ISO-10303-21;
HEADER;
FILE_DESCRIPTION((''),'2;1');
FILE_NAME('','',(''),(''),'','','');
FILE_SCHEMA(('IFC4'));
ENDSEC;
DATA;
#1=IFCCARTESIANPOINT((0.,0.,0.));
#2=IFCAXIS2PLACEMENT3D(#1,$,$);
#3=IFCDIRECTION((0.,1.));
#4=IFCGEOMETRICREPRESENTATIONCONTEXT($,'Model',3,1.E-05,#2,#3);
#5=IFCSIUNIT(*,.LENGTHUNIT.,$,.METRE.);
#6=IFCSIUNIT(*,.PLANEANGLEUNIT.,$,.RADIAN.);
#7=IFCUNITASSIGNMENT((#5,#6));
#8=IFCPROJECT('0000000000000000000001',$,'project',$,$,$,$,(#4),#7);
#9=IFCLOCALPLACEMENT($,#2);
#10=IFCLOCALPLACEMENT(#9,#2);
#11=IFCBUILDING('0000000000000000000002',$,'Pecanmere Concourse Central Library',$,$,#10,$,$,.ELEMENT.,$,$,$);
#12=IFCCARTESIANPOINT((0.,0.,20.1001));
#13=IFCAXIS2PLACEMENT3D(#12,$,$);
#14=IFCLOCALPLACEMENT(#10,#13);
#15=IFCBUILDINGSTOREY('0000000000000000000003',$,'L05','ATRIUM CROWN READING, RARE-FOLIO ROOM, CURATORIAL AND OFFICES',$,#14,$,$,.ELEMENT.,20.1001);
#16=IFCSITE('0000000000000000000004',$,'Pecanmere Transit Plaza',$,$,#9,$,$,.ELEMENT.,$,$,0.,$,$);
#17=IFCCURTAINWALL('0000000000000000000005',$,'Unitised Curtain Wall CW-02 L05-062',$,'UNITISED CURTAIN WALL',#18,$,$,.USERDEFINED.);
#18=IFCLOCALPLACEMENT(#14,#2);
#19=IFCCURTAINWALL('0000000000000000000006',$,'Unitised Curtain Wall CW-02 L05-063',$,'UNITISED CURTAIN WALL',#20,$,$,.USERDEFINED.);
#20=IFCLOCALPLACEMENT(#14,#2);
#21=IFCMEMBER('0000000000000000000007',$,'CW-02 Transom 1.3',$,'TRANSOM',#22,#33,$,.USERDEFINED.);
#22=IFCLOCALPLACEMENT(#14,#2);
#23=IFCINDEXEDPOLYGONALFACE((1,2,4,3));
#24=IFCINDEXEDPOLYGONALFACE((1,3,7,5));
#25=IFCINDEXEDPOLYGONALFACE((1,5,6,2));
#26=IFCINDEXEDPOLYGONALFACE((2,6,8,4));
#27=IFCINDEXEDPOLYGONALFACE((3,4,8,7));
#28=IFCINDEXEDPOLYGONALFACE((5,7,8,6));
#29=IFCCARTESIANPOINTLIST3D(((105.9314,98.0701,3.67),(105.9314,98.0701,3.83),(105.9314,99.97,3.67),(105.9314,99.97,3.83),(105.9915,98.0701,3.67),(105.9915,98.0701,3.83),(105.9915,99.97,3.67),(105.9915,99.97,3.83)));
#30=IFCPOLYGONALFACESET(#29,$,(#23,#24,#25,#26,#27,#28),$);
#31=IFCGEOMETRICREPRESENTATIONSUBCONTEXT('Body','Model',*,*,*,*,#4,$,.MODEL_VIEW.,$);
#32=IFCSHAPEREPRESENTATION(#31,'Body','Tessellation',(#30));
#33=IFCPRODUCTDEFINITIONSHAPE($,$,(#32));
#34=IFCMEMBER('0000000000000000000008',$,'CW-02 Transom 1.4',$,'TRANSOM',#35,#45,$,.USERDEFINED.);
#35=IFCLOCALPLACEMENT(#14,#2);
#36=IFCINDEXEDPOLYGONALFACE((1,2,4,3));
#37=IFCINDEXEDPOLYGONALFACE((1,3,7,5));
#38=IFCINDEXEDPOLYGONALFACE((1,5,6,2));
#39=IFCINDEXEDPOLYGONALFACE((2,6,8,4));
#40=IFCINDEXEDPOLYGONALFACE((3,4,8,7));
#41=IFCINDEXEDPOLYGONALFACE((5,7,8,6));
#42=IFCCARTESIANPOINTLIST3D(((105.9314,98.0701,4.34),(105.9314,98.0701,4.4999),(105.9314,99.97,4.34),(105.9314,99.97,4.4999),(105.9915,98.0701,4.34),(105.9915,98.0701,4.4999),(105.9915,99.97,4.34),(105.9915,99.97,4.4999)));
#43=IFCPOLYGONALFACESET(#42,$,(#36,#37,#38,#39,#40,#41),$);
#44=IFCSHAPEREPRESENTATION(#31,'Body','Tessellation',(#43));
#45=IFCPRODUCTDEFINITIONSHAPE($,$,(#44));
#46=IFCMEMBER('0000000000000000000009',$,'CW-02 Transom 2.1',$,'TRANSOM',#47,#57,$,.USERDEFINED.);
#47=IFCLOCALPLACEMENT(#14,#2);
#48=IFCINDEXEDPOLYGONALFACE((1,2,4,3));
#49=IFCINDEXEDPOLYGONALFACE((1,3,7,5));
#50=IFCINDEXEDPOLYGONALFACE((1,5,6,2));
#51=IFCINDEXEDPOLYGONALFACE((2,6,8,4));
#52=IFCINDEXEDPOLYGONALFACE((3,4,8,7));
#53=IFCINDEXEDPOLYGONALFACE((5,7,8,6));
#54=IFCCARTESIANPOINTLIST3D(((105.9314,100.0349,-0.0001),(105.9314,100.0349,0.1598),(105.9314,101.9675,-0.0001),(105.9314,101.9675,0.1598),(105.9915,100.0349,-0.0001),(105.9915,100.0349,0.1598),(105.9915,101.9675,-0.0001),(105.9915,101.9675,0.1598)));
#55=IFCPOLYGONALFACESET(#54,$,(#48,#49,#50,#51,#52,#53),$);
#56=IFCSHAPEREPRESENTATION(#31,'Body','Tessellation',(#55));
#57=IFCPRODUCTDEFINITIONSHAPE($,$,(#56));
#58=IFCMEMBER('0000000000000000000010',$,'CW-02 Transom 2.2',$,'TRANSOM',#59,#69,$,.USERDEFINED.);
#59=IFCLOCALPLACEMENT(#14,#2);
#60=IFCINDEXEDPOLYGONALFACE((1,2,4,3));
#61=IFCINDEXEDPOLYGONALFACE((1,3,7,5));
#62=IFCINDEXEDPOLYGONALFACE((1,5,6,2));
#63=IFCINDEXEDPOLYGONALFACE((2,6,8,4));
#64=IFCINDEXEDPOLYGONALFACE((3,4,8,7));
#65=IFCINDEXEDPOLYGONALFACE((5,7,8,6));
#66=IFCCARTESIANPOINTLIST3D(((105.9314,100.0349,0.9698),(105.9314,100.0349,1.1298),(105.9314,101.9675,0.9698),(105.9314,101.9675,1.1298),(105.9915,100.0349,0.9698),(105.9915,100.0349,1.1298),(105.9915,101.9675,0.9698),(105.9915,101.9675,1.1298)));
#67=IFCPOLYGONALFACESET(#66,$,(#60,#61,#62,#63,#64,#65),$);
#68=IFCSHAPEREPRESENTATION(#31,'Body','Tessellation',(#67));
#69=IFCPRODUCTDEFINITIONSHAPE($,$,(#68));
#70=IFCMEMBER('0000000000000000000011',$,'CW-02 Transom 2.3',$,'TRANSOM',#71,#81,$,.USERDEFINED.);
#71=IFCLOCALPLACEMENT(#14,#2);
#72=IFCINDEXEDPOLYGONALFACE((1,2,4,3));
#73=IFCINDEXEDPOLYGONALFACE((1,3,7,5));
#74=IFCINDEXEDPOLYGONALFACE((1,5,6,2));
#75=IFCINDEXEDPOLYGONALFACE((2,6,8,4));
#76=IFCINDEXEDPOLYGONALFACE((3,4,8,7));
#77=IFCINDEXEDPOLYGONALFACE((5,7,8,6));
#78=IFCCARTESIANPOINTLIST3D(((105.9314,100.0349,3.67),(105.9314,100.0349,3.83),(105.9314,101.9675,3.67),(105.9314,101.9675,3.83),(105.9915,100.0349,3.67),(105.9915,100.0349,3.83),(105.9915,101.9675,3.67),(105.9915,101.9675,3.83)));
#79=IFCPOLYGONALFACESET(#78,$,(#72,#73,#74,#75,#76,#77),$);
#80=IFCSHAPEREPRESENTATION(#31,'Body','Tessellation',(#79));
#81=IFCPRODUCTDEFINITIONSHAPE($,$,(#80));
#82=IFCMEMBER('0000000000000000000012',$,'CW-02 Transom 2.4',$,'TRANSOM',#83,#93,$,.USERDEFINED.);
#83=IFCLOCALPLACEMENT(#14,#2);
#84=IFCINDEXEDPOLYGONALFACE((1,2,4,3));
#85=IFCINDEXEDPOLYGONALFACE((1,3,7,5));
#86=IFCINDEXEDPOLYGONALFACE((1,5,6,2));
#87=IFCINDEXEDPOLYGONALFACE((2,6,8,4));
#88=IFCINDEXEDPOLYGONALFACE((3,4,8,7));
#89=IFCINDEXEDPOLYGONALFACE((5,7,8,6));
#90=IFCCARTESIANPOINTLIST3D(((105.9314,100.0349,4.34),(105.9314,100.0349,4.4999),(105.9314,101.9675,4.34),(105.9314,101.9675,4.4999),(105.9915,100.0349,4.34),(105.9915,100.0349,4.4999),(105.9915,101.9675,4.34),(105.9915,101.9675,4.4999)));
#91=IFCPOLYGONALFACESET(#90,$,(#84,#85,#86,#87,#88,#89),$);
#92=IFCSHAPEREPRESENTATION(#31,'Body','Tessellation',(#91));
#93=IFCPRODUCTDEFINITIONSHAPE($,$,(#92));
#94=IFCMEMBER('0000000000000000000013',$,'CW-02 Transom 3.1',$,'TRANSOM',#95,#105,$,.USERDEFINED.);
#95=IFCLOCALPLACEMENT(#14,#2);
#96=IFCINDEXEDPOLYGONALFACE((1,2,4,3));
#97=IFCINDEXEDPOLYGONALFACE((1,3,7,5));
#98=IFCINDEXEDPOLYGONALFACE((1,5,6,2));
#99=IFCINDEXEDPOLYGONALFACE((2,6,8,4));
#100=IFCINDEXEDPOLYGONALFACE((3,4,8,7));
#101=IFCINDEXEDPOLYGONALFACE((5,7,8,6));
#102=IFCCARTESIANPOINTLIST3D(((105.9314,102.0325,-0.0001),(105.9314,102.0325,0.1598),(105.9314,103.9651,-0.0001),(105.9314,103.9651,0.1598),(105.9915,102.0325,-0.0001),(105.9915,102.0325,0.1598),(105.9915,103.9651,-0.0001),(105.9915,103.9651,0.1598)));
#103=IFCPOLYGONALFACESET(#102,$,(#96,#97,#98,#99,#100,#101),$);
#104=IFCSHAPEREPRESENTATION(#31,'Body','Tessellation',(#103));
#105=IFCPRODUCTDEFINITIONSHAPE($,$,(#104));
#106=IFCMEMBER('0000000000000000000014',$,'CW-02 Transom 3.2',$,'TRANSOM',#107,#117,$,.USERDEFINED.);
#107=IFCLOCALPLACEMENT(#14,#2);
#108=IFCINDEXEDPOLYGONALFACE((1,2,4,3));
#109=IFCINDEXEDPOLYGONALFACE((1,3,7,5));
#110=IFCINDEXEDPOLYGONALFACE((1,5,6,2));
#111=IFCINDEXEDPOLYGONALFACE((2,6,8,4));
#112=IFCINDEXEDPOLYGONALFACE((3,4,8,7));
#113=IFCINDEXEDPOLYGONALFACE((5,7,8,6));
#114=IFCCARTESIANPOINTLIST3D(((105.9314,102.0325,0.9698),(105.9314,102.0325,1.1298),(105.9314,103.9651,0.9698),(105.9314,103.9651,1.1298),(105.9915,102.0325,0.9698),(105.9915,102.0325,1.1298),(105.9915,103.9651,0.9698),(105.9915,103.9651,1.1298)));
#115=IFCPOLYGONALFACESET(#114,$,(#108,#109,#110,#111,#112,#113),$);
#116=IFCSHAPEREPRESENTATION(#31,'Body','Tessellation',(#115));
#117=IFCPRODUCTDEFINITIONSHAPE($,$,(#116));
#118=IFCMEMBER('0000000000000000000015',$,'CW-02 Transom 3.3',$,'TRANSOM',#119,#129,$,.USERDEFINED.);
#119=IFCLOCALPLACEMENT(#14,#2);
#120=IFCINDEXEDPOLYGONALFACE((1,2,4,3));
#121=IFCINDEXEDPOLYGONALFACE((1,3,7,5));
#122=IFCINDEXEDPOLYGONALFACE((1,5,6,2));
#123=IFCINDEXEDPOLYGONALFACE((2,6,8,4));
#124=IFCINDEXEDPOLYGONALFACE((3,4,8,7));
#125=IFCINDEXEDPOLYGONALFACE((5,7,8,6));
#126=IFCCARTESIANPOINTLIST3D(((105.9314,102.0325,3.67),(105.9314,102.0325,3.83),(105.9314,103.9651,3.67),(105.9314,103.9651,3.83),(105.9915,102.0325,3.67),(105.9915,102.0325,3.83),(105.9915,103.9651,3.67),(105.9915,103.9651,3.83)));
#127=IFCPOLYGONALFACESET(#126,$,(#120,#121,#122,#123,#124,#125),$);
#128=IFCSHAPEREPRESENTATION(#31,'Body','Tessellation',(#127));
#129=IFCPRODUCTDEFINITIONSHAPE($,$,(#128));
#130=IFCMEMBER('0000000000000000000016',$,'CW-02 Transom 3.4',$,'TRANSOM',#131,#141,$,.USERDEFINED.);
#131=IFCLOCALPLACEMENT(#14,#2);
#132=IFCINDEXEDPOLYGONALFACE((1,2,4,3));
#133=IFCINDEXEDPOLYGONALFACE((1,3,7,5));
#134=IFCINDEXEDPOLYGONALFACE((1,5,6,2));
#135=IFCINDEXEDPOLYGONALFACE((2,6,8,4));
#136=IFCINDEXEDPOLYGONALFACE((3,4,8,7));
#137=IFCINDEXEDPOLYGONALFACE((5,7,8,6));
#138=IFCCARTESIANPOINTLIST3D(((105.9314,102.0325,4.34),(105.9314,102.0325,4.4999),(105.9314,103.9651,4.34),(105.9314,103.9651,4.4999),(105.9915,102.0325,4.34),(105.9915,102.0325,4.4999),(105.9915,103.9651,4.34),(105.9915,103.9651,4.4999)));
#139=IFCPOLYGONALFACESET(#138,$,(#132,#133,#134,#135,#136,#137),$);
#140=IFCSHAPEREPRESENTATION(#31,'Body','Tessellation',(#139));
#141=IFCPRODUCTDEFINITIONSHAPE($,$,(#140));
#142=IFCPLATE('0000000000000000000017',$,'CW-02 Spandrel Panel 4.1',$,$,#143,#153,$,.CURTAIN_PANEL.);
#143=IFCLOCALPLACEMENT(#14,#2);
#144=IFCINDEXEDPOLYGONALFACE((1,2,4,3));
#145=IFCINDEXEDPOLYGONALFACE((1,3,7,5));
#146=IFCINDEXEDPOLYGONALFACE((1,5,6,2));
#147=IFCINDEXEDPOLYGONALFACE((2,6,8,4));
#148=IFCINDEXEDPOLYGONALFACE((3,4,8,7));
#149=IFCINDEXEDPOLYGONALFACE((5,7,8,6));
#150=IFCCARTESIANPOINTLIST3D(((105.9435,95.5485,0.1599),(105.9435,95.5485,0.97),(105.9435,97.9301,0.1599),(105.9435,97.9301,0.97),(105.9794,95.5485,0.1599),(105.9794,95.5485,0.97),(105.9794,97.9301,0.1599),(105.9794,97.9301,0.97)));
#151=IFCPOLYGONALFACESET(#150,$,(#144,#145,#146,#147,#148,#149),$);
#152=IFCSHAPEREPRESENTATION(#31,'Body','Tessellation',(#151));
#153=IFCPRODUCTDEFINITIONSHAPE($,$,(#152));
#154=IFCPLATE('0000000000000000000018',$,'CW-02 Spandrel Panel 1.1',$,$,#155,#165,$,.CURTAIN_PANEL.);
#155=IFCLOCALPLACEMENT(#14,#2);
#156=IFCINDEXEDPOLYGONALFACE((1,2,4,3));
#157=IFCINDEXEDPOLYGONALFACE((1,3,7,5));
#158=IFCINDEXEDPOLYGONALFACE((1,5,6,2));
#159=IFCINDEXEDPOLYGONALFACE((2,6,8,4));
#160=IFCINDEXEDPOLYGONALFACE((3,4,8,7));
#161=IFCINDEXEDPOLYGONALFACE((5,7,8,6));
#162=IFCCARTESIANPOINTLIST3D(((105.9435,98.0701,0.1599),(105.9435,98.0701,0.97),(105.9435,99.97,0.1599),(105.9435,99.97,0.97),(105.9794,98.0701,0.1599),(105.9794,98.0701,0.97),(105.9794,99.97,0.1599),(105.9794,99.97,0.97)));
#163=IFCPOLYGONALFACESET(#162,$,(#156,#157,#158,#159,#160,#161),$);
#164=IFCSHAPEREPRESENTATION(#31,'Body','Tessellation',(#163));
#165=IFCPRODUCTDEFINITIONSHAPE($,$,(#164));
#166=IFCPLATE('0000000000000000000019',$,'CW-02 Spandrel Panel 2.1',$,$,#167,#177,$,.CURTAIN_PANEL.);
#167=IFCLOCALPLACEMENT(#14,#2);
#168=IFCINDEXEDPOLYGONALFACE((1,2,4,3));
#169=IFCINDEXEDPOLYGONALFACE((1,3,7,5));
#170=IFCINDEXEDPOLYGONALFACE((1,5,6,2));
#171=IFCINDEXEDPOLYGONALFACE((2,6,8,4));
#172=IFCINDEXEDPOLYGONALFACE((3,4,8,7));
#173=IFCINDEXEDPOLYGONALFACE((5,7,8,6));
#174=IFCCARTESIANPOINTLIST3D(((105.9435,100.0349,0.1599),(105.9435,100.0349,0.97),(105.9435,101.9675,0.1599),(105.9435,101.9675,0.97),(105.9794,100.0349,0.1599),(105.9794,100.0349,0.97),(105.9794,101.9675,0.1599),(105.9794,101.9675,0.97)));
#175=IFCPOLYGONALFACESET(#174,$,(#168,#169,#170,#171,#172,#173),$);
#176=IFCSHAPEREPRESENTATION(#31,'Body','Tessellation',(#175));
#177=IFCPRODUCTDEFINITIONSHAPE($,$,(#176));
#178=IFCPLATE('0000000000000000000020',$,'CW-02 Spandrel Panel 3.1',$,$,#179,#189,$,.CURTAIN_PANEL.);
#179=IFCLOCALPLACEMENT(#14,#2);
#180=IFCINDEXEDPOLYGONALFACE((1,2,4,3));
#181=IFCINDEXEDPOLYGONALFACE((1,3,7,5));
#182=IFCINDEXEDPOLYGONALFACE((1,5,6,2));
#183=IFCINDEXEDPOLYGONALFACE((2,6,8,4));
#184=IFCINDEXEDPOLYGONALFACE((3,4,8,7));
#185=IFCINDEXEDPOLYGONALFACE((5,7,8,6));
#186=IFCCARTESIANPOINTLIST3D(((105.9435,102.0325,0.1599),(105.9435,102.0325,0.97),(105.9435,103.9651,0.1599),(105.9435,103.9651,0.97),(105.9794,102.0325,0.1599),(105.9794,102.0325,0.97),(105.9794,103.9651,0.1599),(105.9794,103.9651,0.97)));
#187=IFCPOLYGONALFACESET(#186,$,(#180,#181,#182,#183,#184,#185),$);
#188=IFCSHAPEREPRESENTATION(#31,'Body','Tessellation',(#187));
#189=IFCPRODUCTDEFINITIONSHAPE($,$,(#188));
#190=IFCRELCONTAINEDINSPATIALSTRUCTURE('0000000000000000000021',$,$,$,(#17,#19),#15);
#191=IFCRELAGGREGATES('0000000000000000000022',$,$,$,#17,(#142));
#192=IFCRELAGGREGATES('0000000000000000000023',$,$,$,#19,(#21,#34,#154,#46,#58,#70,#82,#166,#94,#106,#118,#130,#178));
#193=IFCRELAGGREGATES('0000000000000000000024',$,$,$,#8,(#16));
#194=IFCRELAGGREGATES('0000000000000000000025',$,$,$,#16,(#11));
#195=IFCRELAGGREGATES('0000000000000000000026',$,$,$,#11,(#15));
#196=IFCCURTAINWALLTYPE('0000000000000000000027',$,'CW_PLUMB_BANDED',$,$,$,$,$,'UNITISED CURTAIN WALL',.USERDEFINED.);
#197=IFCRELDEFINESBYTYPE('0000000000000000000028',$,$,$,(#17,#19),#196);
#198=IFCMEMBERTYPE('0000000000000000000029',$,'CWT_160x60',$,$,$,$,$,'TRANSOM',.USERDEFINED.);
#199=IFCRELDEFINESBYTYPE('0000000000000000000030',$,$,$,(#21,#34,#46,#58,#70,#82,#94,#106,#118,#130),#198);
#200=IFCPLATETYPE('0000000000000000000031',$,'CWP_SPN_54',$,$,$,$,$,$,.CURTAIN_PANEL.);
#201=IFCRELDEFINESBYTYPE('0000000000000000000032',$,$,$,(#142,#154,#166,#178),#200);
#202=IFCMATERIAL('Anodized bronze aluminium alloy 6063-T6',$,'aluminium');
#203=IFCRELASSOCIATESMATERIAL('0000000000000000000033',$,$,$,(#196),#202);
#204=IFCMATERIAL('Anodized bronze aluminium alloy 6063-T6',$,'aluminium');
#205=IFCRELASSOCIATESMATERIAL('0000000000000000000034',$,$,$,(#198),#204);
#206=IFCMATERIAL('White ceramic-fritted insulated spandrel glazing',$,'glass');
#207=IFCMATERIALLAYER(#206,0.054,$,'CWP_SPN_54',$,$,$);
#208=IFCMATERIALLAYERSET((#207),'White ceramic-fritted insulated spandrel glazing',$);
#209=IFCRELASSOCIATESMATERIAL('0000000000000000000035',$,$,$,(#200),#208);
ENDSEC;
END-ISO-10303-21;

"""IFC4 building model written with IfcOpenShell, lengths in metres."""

from ifc_helpers import new_model, si_unit, direction, frame, origin, origin_2d, place, context, subcontext, project, spatial, rectangle, extrude, material, layer, layer_set, material_profile, profile_set, type_object, element, aggregate, save


model = new_model("IFC4")

# Units and contexts
model_context = context("Model", 3, precision=1e-05, world=origin(), true_north=direction((0.0, 1.0)))
body_context = subcontext(model_context, "Body", "Model", "MODEL_VIEW")
ifc_project = project(units=[si_unit("LENGTHUNIT", "METRE"), si_unit("PLANEANGLEUNIT", "RADIAN")], contexts=[model_context])

# Site, building, storey
site_placement = place(None, origin())
site = spatial("IfcSite", under=ifc_project, at=site_placement, Name="Pecanmere Transit Plaza", CompositionType="ELEMENT", RefElevation=0.0)
building_placement = place(site_placement, origin())
building = spatial("IfcBuilding", under=site, at=building_placement, Name="Pecanmere Concourse Central Library", CompositionType="ELEMENT")
storey_placement = place(building_placement, frame((0.0, 0.0, 20.1001)))
storey = spatial("IfcBuildingStorey", under=building, at=storey_placement, Name="L05", Description="ATRIUM CROWN READING, RARE-FOLIO ROOM, CURATORIAL AND OFFICES", CompositionType="ELEMENT", Elevation=20.1001)

# Curtain walls
ifc_material_1 = material(Name="Anodized bronze aluminium alloy 6063-T6", Category="aluminium")
curtain_wall_type = type_object("IfcCurtainWallType", Name="CW_PLUMB_BANDED", ElementType="UNITISED CURTAIN WALL", PredefinedType="USERDEFINED", material=ifc_material_1)
curtain_wall_1_placement = place(storey_placement, origin())
curtain_wall_1 = element("IfcCurtainWall", 1, at=curtain_wall_1_placement, inside=storey, type_object=curtain_wall_type, Name="Unitised Curtain Wall CW-02 L05-062", ObjectType="UNITISED CURTAIN WALL", PredefinedType="USERDEFINED")
curtain_wall_2_placement = place(storey_placement, origin())
curtain_wall_2 = element("IfcCurtainWall", 2, at=curtain_wall_2_placement, inside=storey, type_object=curtain_wall_type, Name="Unitised Curtain Wall CW-02 L05-063", ObjectType="UNITISED CURTAIN WALL", PredefinedType="USERDEFINED")

# Members
ifc_material_2 = material(Name="Anodized bronze aluminium alloy 6063-T6", Category="aluminium")
ifc_material_profile_1 = material_profile(ifc_material_2, rectangle(XDim=0.0601, YDim=0.1599, at=origin_2d()), Name="AL 60x160")
ifc_profile_set_1 = profile_set([ifc_material_profile_1], Name="Anodized bronze aluminium alloy 6063-T6")
member_type_1 = type_object("IfcMemberType", Name="CWT_160x60", ElementType="TRANSOM", PredefinedType="USERDEFINED", material=ifc_profile_set_1)
member_1_placement = place(storey_placement, frame((105.9614, 98.0701, 3.75), z_axis=(0.0, 1.0, 0.0), x_axis=(-1.0, 0.0, 0.0)))
member_1 = element("IfcMember", 3, at=member_1_placement, type_object=member_type_1, Name="CW-02 Transom 1.3", ObjectType="TRANSOM", PredefinedType="USERDEFINED", context=body_context, shape_type="SweptSolid", body=[
    extrude(rectangle(XDim=0.0601, YDim=0.1599, at=origin_2d()), origin(), (0.0, 0.0, 1.0), 1.8999),
])
member_2_placement = place(storey_placement, frame((105.9614, 98.0701, 4.4199), z_axis=(0.0, 1.0, 0.0), x_axis=(-1.0, 0.0, 0.0)))
member_2 = element("IfcMember", 4, at=member_2_placement, type_object=member_type_1, Name="CW-02 Transom 1.4", ObjectType="TRANSOM", PredefinedType="USERDEFINED", context=body_context, shape_type="SweptSolid", body=[
    extrude(rectangle(XDim=0.0601, YDim=0.1599, at=origin_2d()), origin(), (0.0, 0.0, 1.0), 1.8999),
])
member_3_placement = place(storey_placement, frame((105.9614, 100.0349, 0.0798), z_axis=(0.0, 1.0, 0.0), x_axis=(-1.0, 0.0, 0.0)))
member_3 = element("IfcMember", 5, at=member_3_placement, type_object=member_type_1, Name="CW-02 Transom 2.1", ObjectType="TRANSOM", PredefinedType="USERDEFINED", context=body_context, shape_type="SweptSolid", body=[
    extrude(rectangle(XDim=0.0601, YDim=0.1599, at=origin_2d()), origin(), (0.0, 0.0, 1.0), 1.9326),
])
member_4_placement = place(storey_placement, frame((105.9614, 100.0349, 1.0498), z_axis=(0.0, 1.0, 0.0), x_axis=(-1.0, 0.0, 0.0)))
member_4 = element("IfcMember", 6, at=member_4_placement, type_object=member_type_1, Name="CW-02 Transom 2.2", ObjectType="TRANSOM", PredefinedType="USERDEFINED", context=body_context, shape_type="SweptSolid", body=[
    extrude(rectangle(XDim=0.0601, YDim=0.1599, at=origin_2d()), origin(), (0.0, 0.0, 1.0), 1.9326),
])
member_5_placement = place(storey_placement, frame((105.9614, 100.0349, 3.75), z_axis=(0.0, 1.0, 0.0), x_axis=(-1.0, 0.0, 0.0)))
member_5 = element("IfcMember", 7, at=member_5_placement, type_object=member_type_1, Name="CW-02 Transom 2.3", ObjectType="TRANSOM", PredefinedType="USERDEFINED", context=body_context, shape_type="SweptSolid", body=[
    extrude(rectangle(XDim=0.0601, YDim=0.1599, at=origin_2d()), origin(), (0.0, 0.0, 1.0), 1.9326),
])
member_6_placement = place(storey_placement, frame((105.9614, 100.0349, 4.4199), z_axis=(0.0, 1.0, 0.0), x_axis=(-1.0, 0.0, 0.0)))
member_6 = element("IfcMember", 8, at=member_6_placement, type_object=member_type_1, Name="CW-02 Transom 2.4", ObjectType="TRANSOM", PredefinedType="USERDEFINED", context=body_context, shape_type="SweptSolid", body=[
    extrude(rectangle(XDim=0.0601, YDim=0.1599, at=origin_2d()), origin(), (0.0, 0.0, 1.0), 1.9326),
])
member_7_placement = place(storey_placement, frame((105.9614, 102.0325, 0.0798), z_axis=(0.0, 1.0, 0.0), x_axis=(-1.0, 0.0, 0.0)))
member_7 = element("IfcMember", 9, at=member_7_placement, type_object=member_type_1, Name="CW-02 Transom 3.1", ObjectType="TRANSOM", PredefinedType="USERDEFINED", context=body_context, shape_type="SweptSolid", body=[
    extrude(rectangle(XDim=0.0601, YDim=0.1599, at=origin_2d()), origin(), (0.0, 0.0, 1.0), 1.9326),
])
member_8_placement = place(storey_placement, frame((105.9614, 102.0325, 1.0498), z_axis=(0.0, 1.0, 0.0), x_axis=(-1.0, 0.0, 0.0)))
member_8 = element("IfcMember", 10, at=member_8_placement, type_object=member_type_1, Name="CW-02 Transom 3.2", ObjectType="TRANSOM", PredefinedType="USERDEFINED", context=body_context, shape_type="SweptSolid", body=[
    extrude(rectangle(XDim=0.0601, YDim=0.1599, at=origin_2d()), origin(), (0.0, 0.0, 1.0), 1.9326),
])
member_9_placement = place(storey_placement, frame((105.9614, 102.0325, 3.75), z_axis=(0.0, 1.0, 0.0), x_axis=(-1.0, 0.0, 0.0)))
member_9 = element("IfcMember", 11, at=member_9_placement, type_object=member_type_1, Name="CW-02 Transom 3.3", ObjectType="TRANSOM", PredefinedType="USERDEFINED", context=body_context, shape_type="SweptSolid", body=[
    extrude(rectangle(XDim=0.0601, YDim=0.1599, at=origin_2d()), origin(), (0.0, 0.0, 1.0), 1.9326),
])
member_10_placement = place(storey_placement, frame((105.9614, 102.0325, 4.4199), z_axis=(0.0, 1.0, 0.0), x_axis=(-1.0, 0.0, 0.0)))
member_10 = element("IfcMember", 12, at=member_10_placement, type_object=member_type_1, Name="CW-02 Transom 3.4", ObjectType="TRANSOM", PredefinedType="USERDEFINED", context=body_context, shape_type="SweptSolid", body=[
    extrude(rectangle(XDim=0.0601, YDim=0.1599, at=origin_2d()), origin(), (0.0, 0.0, 1.0), 1.9326),
])

# Plates
ifc_material_3 = material(Name="White ceramic-fritted insulated spandrel glazing", Category="glass")
ifc_layer_1 = layer(ifc_material_3, 0.054, Name="CWP_SPN_54")
ifc_layer_set_1 = layer_set([ifc_layer_1], Name="White ceramic-fritted insulated spandrel glazing")
plate_type_1 = type_object("IfcPlateType", Name="CWP_SPN_54", PredefinedType="CURTAIN_PANEL", material=ifc_layer_set_1)
plate_1_placement = place(storey_placement, frame((105.9614, 96.7393, 0.1599), z_axis=(0.0, 0.0, 1.0), x_axis=(0.0, 1.0, 0.0)))
plate_1 = element("IfcPlate", 13, at=plate_1_placement, type_object=plate_type_1, Name="CW-02 Spandrel Panel 4.1", PredefinedType="CURTAIN_PANEL", context=body_context, shape_type="SweptSolid", body=[
    extrude(rectangle(XDim=2.3816, YDim=0.0359, at=origin_2d()), origin(), (0.0, 0.0, 1.0), 0.8101),
])
plate_2_placement = place(storey_placement, frame((105.9614, 99.02, 0.1599), z_axis=(0.0, 0.0, 1.0), x_axis=(0.0, 1.0, 0.0)))
plate_2 = element("IfcPlate", 14, at=plate_2_placement, type_object=plate_type_1, Name="CW-02 Spandrel Panel 1.1", PredefinedType="CURTAIN_PANEL", context=body_context, shape_type="SweptSolid", body=[
    extrude(rectangle(XDim=1.8999, YDim=0.0359, at=origin_2d()), origin(), (0.0, 0.0, 1.0), 0.8101),
])
plate_3_placement = place(storey_placement, frame((105.9614, 101.0012, 0.1599), z_axis=(0.0, 0.0, 1.0), x_axis=(0.0, 1.0, 0.0)))
plate_3 = element("IfcPlate", 15, at=plate_3_placement, type_object=plate_type_1, Name="CW-02 Spandrel Panel 2.1", PredefinedType="CURTAIN_PANEL", context=body_context, shape_type="SweptSolid", body=[
    extrude(rectangle(XDim=1.9326, YDim=0.0359, at=origin_2d()), origin(), (0.0, 0.0, 1.0), 0.8101),
])
plate_4_placement = place(storey_placement, frame((105.9614, 102.9988, 0.1599), z_axis=(0.0, 0.0, 1.0), x_axis=(0.0, 1.0, 0.0)))
plate_4 = element("IfcPlate", 16, at=plate_4_placement, type_object=plate_type_1, Name="CW-02 Spandrel Panel 3.1", PredefinedType="CURTAIN_PANEL", context=body_context, shape_type="SweptSolid", body=[
    extrude(rectangle(XDim=1.9326, YDim=0.0359, at=origin_2d()), origin(), (0.0, 0.0, 1.0), 0.8101),
])
aggregate(curtain_wall_1, [plate_1])
aggregate(curtain_wall_2, [member_1, member_2, plate_2, member_3, member_4, member_5, member_6, plate_3, member_7, member_8, member_9, member_10, plate_4])

save(model, "model.ifc")
